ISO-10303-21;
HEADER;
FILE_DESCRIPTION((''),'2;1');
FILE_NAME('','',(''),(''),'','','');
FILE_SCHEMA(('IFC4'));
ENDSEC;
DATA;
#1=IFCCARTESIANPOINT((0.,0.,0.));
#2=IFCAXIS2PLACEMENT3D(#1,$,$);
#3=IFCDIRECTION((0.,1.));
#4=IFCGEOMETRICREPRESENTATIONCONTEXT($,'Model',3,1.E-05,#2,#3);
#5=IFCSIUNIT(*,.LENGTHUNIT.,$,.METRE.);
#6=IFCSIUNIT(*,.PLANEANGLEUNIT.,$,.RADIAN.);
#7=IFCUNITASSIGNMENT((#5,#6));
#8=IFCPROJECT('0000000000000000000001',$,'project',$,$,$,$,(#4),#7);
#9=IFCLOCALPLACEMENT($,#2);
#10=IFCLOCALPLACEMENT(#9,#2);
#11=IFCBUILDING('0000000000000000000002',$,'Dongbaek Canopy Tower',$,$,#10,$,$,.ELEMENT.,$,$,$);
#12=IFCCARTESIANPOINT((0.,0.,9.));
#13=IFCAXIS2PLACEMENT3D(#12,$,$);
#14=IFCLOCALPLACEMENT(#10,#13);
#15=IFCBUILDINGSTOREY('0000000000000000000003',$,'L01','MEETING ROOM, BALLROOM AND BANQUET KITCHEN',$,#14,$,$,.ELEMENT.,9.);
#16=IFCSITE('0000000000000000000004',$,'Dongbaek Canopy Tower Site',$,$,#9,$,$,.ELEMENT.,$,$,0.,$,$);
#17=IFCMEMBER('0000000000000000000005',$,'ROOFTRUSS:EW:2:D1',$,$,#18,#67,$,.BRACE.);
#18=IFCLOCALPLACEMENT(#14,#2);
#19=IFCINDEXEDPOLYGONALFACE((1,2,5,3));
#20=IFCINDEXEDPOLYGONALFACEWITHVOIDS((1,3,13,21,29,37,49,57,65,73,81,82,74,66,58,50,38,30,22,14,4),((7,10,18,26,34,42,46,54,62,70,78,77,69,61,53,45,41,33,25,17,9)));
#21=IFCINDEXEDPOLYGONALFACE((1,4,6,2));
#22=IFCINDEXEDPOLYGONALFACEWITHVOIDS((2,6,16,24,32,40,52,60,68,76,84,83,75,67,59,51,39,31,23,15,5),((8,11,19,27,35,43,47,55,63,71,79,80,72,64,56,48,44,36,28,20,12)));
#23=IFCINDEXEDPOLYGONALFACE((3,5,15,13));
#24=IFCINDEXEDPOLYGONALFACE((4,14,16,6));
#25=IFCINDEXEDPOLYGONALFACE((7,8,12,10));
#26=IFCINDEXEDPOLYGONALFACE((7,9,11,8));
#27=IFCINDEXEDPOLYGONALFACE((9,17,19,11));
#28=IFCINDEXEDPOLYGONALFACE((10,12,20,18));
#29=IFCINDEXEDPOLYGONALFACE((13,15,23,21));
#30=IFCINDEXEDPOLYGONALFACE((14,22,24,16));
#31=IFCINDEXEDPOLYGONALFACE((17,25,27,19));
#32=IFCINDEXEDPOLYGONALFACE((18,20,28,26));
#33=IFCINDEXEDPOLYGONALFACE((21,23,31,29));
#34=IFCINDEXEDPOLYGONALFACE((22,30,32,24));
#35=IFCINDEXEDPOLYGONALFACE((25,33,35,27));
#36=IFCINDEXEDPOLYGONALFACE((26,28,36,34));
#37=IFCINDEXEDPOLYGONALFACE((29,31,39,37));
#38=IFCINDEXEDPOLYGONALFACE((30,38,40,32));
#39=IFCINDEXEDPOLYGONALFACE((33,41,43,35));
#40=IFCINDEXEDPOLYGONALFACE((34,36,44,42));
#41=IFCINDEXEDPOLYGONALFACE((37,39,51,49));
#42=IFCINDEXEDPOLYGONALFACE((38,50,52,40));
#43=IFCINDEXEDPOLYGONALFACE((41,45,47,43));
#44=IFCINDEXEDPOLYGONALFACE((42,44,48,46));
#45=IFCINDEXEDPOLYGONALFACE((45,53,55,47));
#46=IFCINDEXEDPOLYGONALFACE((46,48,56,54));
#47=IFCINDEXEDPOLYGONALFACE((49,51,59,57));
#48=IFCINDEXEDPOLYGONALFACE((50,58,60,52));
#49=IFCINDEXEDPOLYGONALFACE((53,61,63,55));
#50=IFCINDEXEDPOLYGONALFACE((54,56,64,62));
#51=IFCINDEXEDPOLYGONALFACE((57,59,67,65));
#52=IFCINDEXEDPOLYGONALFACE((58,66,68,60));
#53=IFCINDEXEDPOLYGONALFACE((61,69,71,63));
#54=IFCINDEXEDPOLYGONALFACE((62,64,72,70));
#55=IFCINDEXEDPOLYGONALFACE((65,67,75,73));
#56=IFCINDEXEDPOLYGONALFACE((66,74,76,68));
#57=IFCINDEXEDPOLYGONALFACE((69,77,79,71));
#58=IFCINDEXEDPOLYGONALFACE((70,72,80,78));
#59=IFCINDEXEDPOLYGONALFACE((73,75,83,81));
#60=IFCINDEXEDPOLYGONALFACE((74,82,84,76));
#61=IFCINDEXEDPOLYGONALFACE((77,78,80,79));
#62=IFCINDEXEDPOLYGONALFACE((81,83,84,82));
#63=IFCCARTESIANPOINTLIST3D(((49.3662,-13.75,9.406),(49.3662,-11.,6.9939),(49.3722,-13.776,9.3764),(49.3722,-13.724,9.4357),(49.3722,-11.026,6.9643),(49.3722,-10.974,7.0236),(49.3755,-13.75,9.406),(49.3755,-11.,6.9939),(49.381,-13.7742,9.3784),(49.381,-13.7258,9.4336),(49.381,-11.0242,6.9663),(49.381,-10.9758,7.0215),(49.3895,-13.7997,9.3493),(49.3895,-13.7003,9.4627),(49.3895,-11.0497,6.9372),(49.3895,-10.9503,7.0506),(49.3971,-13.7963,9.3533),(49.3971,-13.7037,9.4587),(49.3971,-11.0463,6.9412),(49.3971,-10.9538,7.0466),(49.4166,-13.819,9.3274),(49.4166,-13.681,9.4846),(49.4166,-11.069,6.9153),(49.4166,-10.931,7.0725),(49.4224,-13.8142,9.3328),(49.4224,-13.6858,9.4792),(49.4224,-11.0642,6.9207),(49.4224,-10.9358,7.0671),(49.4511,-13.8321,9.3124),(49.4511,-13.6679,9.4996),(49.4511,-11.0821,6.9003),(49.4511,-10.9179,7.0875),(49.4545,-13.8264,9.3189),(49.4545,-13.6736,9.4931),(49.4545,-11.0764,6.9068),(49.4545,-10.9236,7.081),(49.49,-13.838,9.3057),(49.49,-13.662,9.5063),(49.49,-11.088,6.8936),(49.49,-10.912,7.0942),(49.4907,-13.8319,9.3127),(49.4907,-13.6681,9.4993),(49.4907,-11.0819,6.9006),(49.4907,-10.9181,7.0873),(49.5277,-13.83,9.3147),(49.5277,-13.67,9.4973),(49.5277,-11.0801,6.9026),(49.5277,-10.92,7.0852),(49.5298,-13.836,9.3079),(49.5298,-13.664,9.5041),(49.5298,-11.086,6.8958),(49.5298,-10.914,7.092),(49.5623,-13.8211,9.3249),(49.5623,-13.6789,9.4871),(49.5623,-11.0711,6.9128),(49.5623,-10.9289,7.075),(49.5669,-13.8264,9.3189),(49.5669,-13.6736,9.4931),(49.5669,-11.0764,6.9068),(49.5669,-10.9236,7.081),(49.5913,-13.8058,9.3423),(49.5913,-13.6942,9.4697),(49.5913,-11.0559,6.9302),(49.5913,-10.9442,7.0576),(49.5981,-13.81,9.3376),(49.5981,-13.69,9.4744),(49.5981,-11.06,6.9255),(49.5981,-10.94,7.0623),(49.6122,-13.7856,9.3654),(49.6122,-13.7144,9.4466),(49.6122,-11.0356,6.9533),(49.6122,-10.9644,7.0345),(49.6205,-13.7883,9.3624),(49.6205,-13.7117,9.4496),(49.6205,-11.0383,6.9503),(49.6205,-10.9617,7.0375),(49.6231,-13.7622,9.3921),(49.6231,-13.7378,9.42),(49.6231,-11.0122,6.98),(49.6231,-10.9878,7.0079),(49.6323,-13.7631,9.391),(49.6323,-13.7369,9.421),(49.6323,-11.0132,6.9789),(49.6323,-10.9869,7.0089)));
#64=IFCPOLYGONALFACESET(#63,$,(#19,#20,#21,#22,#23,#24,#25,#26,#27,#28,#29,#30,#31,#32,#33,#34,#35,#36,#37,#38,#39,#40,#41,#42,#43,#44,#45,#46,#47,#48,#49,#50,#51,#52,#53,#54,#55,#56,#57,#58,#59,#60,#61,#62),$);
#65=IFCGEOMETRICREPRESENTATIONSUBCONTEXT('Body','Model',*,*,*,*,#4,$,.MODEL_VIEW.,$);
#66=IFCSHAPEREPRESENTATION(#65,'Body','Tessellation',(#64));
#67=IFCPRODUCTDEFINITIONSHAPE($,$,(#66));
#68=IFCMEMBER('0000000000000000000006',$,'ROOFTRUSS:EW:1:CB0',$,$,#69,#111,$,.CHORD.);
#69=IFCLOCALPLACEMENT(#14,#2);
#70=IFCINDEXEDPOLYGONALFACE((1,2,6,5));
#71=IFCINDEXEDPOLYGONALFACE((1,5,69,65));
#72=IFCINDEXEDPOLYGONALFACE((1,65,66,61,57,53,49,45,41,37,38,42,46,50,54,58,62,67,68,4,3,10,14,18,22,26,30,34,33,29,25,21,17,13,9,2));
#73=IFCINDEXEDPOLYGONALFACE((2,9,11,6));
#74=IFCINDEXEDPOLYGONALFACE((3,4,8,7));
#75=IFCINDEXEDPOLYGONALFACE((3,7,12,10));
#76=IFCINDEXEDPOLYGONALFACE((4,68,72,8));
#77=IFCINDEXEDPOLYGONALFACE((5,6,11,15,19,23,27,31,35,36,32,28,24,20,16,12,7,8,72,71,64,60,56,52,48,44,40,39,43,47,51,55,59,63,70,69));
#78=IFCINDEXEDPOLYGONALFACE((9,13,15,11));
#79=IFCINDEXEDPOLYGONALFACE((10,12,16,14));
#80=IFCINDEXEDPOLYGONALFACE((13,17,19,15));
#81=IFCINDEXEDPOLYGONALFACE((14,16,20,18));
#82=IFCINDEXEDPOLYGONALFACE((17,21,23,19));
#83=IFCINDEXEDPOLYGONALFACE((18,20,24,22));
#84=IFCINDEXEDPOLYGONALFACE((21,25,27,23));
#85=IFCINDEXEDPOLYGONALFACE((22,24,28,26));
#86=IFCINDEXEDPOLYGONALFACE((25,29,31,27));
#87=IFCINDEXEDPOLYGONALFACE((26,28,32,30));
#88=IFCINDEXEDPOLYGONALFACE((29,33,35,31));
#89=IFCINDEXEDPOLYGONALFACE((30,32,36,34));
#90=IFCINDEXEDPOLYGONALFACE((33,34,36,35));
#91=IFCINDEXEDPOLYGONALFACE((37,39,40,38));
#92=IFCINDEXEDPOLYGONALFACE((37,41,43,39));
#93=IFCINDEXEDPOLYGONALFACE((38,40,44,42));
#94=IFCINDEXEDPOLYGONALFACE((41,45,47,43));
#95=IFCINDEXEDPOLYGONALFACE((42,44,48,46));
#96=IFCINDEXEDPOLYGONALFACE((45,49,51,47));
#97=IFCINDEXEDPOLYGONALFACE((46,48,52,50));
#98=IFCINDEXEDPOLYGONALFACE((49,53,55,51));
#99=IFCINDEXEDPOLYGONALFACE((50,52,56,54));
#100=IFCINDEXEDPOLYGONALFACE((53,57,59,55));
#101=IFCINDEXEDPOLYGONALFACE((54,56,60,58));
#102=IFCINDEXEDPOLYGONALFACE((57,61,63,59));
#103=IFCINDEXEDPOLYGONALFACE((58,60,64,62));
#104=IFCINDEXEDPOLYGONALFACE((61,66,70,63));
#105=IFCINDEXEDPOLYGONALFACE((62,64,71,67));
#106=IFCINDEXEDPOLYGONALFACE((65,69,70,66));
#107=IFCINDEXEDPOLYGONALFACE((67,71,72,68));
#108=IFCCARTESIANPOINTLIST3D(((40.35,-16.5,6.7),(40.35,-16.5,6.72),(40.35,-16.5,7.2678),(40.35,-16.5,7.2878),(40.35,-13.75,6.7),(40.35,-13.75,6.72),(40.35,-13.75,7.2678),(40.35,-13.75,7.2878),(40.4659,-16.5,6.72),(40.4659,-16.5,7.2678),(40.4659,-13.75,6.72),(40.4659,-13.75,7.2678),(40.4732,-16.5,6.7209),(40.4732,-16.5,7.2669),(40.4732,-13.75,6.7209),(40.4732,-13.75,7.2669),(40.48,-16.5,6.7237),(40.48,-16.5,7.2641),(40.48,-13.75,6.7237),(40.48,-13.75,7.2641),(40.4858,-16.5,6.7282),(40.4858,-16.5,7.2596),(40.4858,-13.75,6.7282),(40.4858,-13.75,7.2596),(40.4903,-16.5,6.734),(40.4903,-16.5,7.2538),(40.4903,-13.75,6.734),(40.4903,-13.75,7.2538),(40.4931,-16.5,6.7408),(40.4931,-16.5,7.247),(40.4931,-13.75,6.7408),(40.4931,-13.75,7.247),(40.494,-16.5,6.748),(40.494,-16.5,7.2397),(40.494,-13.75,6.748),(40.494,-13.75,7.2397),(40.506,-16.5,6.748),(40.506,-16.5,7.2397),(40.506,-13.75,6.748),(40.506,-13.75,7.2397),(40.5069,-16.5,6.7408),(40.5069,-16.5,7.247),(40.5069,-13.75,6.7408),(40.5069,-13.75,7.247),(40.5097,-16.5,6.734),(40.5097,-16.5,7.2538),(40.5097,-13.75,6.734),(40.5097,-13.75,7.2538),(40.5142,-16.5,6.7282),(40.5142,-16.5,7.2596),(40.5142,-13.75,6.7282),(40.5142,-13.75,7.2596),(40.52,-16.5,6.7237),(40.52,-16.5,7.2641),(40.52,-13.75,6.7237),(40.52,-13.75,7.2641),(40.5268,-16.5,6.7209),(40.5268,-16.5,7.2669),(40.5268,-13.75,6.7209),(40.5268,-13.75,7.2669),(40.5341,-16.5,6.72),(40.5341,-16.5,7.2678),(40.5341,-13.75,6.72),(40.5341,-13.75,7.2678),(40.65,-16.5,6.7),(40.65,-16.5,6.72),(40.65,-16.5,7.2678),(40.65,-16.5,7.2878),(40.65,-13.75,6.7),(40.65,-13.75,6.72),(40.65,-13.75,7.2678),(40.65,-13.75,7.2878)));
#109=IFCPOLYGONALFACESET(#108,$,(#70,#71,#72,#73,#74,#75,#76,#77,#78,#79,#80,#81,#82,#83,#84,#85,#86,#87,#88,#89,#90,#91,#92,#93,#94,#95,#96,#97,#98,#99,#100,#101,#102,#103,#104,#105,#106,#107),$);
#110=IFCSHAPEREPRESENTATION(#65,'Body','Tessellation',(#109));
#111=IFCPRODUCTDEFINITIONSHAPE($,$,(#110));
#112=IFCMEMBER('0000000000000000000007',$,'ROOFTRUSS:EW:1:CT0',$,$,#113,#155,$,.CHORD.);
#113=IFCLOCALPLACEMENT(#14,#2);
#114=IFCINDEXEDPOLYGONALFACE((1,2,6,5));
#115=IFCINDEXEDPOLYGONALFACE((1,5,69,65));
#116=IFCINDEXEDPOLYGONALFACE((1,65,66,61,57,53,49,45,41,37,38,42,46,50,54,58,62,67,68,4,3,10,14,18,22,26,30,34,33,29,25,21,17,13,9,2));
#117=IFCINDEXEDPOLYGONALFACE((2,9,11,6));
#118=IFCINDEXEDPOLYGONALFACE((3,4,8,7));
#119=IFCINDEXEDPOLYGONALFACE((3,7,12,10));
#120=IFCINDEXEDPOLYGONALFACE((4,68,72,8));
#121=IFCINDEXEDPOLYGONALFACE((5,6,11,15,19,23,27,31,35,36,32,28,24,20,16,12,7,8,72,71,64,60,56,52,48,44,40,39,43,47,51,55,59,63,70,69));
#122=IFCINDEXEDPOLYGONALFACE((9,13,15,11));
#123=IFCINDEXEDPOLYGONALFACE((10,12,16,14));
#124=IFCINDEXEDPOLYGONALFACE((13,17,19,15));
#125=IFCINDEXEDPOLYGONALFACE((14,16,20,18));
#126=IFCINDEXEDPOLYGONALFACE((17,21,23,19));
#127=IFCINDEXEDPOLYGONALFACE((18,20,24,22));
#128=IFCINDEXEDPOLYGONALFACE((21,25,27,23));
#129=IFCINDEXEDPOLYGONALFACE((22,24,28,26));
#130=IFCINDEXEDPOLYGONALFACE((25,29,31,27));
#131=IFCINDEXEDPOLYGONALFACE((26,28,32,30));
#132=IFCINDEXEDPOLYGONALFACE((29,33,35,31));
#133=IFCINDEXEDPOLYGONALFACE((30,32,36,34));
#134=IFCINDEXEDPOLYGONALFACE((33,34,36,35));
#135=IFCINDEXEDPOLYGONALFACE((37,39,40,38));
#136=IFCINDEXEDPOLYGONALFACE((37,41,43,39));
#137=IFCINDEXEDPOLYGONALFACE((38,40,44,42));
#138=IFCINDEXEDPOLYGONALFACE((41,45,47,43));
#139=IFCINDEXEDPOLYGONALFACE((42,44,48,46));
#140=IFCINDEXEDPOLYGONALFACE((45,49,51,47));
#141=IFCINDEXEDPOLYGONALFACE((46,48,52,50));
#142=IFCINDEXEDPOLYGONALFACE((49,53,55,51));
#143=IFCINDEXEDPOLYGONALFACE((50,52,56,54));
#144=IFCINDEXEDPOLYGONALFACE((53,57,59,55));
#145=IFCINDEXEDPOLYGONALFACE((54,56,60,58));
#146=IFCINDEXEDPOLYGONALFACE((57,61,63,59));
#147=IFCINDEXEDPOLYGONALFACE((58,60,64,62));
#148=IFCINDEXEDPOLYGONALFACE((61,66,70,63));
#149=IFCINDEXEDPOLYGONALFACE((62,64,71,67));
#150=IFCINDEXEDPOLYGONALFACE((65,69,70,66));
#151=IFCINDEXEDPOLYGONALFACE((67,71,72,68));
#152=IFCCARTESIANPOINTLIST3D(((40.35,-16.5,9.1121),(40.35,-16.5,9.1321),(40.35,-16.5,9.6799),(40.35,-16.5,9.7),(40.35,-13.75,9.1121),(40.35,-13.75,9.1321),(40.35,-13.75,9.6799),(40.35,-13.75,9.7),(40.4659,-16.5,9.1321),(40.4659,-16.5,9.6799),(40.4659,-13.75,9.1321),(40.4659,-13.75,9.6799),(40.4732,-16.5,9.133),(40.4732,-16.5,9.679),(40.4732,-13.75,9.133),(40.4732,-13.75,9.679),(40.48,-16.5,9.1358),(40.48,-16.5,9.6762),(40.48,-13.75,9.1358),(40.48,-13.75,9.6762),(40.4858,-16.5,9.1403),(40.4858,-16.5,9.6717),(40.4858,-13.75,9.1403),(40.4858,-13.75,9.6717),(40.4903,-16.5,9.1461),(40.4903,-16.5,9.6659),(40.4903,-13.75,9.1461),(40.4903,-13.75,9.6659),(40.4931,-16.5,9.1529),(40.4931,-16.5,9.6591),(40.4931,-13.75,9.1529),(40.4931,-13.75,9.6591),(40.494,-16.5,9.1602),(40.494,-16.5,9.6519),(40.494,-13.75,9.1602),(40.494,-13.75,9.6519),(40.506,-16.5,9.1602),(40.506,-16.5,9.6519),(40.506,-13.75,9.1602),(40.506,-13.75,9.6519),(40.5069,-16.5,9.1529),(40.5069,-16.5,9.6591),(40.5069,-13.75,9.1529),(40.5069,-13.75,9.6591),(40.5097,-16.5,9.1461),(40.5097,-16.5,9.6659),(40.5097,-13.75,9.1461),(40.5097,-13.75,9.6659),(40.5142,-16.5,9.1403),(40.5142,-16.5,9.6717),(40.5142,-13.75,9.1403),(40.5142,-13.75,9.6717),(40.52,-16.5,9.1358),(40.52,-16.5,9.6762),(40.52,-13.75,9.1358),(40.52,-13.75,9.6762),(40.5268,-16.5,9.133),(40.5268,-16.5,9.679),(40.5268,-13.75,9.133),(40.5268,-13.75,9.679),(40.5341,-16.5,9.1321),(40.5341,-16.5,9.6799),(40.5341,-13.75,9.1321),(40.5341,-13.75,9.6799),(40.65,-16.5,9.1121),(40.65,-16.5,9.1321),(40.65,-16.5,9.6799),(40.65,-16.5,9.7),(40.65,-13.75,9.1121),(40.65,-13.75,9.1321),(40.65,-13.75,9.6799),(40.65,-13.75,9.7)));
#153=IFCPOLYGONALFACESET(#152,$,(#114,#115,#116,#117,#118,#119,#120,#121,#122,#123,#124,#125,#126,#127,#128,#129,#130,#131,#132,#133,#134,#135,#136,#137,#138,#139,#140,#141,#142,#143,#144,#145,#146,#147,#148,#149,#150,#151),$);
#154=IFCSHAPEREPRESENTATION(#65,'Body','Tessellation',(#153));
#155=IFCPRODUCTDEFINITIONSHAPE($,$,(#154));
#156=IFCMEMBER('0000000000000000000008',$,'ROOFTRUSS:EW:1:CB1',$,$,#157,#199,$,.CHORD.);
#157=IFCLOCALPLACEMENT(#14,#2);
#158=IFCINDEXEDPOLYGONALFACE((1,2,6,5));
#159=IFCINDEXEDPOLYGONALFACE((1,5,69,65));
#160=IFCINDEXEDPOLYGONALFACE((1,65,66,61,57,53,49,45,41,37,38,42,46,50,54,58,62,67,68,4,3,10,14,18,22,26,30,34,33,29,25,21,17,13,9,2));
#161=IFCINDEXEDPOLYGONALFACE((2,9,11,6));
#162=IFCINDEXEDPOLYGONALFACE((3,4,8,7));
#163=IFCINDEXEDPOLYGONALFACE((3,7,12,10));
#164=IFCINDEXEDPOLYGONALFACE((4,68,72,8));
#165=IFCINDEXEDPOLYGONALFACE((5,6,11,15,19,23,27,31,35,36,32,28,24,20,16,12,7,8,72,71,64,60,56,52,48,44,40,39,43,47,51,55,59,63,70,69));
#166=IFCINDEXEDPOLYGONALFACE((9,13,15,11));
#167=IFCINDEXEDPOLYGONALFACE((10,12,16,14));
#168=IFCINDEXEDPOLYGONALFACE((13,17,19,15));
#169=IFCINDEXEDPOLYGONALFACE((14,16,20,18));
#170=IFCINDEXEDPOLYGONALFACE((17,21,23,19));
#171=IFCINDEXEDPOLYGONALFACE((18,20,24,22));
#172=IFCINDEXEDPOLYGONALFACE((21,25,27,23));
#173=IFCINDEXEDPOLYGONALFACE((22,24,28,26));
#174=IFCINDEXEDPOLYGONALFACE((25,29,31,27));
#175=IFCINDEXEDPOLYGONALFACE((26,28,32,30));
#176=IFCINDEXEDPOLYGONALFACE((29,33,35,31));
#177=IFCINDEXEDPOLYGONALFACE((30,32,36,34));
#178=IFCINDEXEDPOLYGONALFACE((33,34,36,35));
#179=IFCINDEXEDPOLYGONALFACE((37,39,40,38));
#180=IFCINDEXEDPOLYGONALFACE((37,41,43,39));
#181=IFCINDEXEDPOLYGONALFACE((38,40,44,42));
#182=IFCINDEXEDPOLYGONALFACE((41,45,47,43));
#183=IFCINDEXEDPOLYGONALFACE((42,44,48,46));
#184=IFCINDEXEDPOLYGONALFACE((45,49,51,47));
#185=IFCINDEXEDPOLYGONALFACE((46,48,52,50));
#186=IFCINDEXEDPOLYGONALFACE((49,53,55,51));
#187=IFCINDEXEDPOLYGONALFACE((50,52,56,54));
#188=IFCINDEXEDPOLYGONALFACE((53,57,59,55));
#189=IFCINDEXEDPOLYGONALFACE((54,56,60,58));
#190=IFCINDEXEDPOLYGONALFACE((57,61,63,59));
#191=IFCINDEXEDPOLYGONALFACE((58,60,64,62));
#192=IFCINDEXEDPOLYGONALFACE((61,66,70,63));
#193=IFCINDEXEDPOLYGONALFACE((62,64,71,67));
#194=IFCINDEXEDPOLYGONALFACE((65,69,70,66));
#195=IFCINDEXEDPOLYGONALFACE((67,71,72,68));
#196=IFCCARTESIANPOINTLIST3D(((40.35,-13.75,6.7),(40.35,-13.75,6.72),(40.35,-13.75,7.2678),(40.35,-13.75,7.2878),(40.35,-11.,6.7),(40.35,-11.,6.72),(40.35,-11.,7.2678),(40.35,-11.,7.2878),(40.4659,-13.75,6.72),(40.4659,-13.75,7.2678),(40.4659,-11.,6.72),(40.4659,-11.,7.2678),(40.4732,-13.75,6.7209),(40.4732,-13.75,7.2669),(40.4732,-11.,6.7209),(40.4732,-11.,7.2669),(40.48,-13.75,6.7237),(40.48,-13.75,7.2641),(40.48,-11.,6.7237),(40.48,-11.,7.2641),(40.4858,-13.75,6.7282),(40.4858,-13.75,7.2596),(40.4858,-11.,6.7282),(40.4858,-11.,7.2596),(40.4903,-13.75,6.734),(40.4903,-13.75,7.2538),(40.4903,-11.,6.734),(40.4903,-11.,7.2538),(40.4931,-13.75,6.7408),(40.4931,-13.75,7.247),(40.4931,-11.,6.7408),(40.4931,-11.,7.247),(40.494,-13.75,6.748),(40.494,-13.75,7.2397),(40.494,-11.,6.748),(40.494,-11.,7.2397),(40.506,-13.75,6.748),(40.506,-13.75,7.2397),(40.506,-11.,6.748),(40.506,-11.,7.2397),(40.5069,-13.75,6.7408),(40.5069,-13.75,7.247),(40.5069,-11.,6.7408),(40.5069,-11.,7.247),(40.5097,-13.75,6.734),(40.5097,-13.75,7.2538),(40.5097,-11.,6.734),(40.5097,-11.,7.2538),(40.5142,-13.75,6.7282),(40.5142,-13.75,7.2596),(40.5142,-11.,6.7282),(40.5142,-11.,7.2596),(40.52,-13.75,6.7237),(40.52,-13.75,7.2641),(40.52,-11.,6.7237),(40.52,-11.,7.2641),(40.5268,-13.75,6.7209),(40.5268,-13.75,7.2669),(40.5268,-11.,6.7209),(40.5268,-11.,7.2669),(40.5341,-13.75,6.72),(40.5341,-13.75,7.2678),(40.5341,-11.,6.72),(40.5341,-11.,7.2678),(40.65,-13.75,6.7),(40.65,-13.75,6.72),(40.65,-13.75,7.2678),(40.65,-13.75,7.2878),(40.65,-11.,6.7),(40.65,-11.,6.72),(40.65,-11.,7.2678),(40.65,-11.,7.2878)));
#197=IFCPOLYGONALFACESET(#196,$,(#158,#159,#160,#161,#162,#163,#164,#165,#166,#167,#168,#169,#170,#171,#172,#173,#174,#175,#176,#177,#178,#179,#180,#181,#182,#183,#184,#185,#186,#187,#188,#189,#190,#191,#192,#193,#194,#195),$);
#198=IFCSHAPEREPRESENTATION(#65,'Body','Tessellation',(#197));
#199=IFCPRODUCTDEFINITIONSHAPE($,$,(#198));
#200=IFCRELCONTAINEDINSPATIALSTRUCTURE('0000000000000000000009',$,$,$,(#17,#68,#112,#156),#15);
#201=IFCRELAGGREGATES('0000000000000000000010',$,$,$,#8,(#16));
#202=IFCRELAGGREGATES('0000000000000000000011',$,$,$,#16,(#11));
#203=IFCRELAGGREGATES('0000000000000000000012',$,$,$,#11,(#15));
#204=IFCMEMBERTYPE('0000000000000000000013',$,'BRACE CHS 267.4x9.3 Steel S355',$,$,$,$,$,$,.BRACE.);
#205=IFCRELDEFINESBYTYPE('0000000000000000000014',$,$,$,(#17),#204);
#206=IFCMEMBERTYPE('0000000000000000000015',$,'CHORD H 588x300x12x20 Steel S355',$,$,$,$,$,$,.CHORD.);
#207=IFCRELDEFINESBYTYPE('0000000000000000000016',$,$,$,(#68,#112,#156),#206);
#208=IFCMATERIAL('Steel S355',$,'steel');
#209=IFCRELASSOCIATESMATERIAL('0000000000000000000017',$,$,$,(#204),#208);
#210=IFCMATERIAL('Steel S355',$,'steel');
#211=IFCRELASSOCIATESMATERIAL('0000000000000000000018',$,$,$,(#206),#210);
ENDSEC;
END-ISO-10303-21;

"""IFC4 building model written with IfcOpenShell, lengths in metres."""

from ifc_helpers import new_model, si_unit, direction, frame, origin, origin_2d, place, context, subcontext, project, spatial, hollow_circle, i_section, extrude, material, material_profile, profile_set, type_object, element, save


model = new_model("IFC4")

# Units and contexts
model_context = context("Model", 3, precision=1e-05, world=origin(), true_north=direction((0.0, 1.0)))
body_context = subcontext(model_context, "Body", "Model", "MODEL_VIEW")
ifc_project = project(units=[si_unit("LENGTHUNIT", "METRE"), si_unit("PLANEANGLEUNIT", "RADIAN")], contexts=[model_context])

# Site, building, storey
site_placement = place(None, origin())
site = spatial("IfcSite", under=ifc_project, at=site_placement, Name="Dongbaek Canopy Tower Site", CompositionType="ELEMENT", RefElevation=0.0)
building_placement = place(site_placement, origin())
building = spatial("IfcBuilding", under=site, at=building_placement, Name="Dongbaek Canopy Tower", CompositionType="ELEMENT")
storey_placement = place(building_placement, frame((0.0, 0.0, 9.0)))
storey = spatial("IfcBuildingStorey", under=building, at=storey_placement, Name="L01", Description="MEETING ROOM, BALLROOM AND BANQUET KITCHEN", CompositionType="ELEMENT", Elevation=9.0)

# Members
ifc_material_1 = material(Name="Steel S355", Category="steel")
ifc_material_profile_1 = material_profile(ifc_material_1, hollow_circle(Radius=0.1338, WallThickness=0.0093, at=origin_2d()), Name="BRACE CHS 267.4x9.3 Steel S355")
ifc_profile_set_1 = profile_set([ifc_material_profile_1], Name="Steel S355")
member_type_1 = type_object("IfcMemberType", Name="BRACE CHS 267.4x9.3 Steel S355", PredefinedType="BRACE", material=ifc_profile_set_1)
for number, where, z_axis, x_axis, name in (
    (1, (49.5, -13.75, 9.406), (0.0, 0.751782, -0.659411), (-1.0, 0.0, 0.0), "ROOFTRUSS:EW:2:D1"),
):
    element("IfcMember", number, at=place(storey_placement, frame(where, z_axis=z_axis, x_axis=x_axis)), inside=storey, type_object=member_type_1, Name=name, PredefinedType="BRACE", context=body_context, shape_type="SweptSolid", body=[
        extrude(hollow_circle(Radius=0.1338, WallThickness=0.0093, at=origin_2d()), origin(), (0.0, 0.0, 1.0), 3.658),
    ])
ifc_material_2 = material(Name="Steel S355", Category="steel")
ifc_material_profile_2 = material_profile(ifc_material_2, i_section(OverallWidth=0.3, OverallDepth=0.5879, WebThickness=0.012, FlangeThickness=0.02, FilletRadius=0.0281, at=origin_2d()), Name="CHORD H 588x300x12x20 Steel S355")
ifc_profile_set_2 = profile_set([ifc_material_profile_2], Name="Steel S355")
member_type_2 = type_object("IfcMemberType", Name="CHORD H 588x300x12x20 Steel S355", PredefinedType="CHORD", material=ifc_profile_set_2)
for number, where, z_axis, x_axis, name in (
    (2, (40.5, -16.5, 6.9939), (0.0, 1.0, 0.0), (-1.0, 0.0, 0.0), "ROOFTRUSS:EW:1:CB0"),
    (3, (40.5, -16.5, 9.406), (0.0, 1.0, 0.0), (-1.0, 0.0, 0.0), "ROOFTRUSS:EW:1:CT0"),
    (4, (40.5, -13.75, 6.9939), (0.0, 1.0, 0.0), (-1.0, 0.0, 0.0), "ROOFTRUSS:EW:1:CB1"),
):
    element("IfcMember", number, at=place(storey_placement, frame(where, z_axis=z_axis, x_axis=x_axis)), inside=storey, type_object=member_type_2, Name=name, PredefinedType="CHORD", context=body_context, shape_type="SweptSolid", body=[
        extrude(i_section(OverallWidth=0.3, OverallDepth=0.5879, WebThickness=0.012, FlangeThickness=0.02, FilletRadius=0.0281, at=origin_2d()), origin(), (0.0, 0.0, 1.0), 2.75),
    ])

save(model, "model.ifc")
